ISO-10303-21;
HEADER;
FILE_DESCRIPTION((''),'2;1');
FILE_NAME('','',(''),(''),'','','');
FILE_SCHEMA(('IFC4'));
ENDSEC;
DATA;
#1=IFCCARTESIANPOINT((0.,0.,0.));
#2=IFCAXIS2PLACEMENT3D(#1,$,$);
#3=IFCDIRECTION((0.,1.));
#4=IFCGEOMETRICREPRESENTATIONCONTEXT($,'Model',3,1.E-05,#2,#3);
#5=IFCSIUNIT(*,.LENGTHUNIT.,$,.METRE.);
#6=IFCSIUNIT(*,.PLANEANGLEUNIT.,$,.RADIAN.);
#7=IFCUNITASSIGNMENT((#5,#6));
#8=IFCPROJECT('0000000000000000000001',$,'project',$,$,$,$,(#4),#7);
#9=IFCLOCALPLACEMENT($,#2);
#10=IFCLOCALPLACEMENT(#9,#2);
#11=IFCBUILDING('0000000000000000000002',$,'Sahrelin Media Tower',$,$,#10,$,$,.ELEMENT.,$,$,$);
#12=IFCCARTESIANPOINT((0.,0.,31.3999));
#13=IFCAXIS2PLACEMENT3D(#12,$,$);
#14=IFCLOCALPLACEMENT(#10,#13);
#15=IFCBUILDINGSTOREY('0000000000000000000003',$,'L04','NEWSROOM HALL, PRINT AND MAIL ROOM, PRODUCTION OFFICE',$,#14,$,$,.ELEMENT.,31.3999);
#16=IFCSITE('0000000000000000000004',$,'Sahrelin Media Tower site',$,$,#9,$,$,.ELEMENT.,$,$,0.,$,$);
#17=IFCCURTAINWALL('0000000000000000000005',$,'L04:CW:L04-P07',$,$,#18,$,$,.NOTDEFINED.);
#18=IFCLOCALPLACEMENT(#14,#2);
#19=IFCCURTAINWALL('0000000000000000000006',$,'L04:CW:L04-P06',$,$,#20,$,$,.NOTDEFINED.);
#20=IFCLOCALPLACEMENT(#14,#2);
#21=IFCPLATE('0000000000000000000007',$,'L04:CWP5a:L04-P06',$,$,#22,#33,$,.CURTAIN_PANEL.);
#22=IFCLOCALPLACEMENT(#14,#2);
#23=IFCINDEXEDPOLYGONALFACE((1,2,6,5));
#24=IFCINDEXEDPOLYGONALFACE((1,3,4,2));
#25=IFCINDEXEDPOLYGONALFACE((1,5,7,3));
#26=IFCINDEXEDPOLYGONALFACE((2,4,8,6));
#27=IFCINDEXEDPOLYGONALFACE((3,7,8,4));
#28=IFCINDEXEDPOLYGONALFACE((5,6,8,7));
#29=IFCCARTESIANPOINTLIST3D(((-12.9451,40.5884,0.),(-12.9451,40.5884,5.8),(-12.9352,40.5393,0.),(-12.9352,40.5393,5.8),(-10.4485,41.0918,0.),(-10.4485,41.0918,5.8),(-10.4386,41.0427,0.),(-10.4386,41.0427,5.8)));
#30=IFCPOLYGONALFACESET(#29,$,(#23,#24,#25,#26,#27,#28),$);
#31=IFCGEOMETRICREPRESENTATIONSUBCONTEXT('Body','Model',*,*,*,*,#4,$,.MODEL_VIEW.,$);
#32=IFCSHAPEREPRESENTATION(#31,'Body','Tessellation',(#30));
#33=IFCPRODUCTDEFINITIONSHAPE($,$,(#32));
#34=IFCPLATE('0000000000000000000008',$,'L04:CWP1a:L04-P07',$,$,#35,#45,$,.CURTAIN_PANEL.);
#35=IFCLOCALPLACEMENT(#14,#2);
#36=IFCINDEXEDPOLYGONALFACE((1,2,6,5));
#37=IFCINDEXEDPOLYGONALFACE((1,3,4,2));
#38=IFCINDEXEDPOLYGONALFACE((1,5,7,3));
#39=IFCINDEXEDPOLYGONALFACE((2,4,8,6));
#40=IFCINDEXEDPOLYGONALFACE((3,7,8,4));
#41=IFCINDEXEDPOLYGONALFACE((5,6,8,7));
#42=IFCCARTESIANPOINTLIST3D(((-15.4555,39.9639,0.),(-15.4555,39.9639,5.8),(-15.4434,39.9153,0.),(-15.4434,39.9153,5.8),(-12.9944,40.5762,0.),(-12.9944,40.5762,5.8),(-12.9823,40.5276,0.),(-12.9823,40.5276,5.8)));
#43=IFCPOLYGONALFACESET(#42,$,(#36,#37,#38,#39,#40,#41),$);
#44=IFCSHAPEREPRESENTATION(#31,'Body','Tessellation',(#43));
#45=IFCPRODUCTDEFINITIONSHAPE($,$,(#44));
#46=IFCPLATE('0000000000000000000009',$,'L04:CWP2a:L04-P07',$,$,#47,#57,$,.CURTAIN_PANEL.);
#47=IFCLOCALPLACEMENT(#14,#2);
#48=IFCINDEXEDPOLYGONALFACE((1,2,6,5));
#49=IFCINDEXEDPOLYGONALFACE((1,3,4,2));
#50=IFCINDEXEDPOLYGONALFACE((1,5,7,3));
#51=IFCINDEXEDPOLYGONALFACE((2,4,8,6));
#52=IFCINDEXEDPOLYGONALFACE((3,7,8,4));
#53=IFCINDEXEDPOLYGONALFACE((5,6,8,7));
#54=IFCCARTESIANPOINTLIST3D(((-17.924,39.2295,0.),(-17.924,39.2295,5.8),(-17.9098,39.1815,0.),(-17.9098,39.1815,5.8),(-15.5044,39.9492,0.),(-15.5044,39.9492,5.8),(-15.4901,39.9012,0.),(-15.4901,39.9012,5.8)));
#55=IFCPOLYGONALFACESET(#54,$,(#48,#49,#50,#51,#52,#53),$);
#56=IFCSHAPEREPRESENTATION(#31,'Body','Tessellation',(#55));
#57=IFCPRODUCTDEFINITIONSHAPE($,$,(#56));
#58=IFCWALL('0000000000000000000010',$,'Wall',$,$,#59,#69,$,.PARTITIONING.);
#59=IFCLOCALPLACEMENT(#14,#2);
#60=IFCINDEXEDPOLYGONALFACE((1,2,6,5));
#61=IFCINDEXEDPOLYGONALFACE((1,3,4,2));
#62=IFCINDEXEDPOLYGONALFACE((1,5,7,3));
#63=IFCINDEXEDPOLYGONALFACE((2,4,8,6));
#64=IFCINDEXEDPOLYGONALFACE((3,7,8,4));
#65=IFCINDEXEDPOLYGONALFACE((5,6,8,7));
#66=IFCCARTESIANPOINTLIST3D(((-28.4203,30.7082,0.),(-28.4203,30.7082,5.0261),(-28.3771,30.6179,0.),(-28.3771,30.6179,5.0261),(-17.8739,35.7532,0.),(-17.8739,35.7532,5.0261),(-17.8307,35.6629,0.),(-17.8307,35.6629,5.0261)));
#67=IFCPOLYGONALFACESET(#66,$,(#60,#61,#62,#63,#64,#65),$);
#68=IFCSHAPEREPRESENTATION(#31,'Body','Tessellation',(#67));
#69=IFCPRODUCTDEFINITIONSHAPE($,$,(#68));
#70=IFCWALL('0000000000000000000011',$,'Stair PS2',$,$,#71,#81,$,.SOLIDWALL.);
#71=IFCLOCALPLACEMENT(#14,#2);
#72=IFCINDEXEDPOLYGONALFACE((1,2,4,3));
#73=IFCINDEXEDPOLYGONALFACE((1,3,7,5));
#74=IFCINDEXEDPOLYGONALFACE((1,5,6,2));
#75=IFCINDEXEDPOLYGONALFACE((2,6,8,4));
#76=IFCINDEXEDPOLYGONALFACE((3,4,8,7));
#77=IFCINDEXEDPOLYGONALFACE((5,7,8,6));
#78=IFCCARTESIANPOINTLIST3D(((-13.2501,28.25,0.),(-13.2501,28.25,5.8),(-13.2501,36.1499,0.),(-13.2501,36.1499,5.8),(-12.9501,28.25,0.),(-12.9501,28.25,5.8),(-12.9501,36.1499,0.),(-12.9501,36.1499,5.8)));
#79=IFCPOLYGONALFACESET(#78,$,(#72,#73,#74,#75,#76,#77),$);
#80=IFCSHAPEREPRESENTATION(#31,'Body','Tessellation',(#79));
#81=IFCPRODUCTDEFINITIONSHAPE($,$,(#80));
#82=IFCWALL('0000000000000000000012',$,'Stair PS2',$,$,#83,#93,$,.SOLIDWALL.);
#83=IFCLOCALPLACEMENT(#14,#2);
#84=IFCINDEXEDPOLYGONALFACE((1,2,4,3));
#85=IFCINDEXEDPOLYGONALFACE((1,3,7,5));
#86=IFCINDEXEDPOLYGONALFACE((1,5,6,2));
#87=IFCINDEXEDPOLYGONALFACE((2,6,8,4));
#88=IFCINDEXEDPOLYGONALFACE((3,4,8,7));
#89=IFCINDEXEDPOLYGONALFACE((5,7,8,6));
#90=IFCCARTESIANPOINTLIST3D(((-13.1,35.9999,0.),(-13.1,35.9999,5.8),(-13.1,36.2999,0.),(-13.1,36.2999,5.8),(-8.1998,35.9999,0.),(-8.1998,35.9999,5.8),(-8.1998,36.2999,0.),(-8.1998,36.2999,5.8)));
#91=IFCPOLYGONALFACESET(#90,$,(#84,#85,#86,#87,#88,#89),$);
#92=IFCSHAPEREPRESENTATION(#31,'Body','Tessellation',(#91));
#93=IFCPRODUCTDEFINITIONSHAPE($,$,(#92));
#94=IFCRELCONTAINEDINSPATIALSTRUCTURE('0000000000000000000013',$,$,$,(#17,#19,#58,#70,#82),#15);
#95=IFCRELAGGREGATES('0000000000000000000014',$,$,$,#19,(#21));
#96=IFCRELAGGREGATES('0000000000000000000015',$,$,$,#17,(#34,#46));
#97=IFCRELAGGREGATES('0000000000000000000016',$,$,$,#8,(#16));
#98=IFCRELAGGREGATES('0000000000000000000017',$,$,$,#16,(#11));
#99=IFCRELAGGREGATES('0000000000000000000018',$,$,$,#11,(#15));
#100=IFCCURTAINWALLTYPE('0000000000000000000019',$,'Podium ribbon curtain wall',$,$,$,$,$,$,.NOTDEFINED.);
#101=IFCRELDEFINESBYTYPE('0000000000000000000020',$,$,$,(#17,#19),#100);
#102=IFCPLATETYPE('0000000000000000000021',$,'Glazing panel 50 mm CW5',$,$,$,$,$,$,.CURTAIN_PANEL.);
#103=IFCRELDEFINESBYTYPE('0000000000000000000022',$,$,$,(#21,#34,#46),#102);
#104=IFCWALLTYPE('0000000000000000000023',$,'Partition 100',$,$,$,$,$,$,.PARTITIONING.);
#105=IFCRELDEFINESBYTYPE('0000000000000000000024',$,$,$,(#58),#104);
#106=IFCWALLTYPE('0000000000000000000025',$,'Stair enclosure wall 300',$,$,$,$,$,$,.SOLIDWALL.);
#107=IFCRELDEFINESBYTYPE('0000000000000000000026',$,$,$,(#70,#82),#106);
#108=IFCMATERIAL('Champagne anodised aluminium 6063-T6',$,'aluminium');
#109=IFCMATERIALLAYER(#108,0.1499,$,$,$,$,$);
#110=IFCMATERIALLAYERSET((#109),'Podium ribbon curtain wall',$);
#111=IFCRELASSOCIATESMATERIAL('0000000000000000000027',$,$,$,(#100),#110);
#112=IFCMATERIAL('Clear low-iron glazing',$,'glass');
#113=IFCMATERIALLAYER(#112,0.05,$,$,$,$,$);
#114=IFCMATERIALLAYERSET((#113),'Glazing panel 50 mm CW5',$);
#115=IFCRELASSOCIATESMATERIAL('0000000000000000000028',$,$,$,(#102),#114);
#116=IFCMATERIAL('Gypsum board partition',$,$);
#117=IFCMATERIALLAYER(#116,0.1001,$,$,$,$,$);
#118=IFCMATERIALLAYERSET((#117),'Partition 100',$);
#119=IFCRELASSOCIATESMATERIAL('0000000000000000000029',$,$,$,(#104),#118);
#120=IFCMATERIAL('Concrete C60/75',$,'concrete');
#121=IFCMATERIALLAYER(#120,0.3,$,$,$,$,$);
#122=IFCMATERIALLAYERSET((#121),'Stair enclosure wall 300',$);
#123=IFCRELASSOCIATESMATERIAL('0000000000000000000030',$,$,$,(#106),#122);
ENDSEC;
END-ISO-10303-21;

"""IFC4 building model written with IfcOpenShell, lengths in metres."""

from ifc_helpers import new_model, si_unit, direction, frame, frame_2d, origin, place, context, subcontext, project, spatial, polyline, rectangle, outline, extrude, material, layer, layer_set, type_object, element, aggregate, save


model = new_model("IFC4")

# Units and contexts
model_context = context("Model", 3, precision=1e-05, world=origin(), true_north=direction((0.0, 1.0)))
body_context = subcontext(model_context, "Body", "Model", "MODEL_VIEW")
ifc_project = project(units=[si_unit("LENGTHUNIT", "METRE"), si_unit("PLANEANGLEUNIT", "RADIAN")], contexts=[model_context])

# Site, building, storey
site_placement = place(None, origin())
site = spatial("IfcSite", under=ifc_project, at=site_placement, Name="Sahrelin Media Tower site", CompositionType="ELEMENT", RefElevation=0.0)
building_placement = place(site_placement, origin())
building = spatial("IfcBuilding", under=site, at=building_placement, Name="Sahrelin Media Tower", CompositionType="ELEMENT")
storey_placement = place(building_placement, frame((0.0, 0.0, 31.3999)))
storey = spatial("IfcBuildingStorey", under=building, at=storey_placement, Name="L04", Description="NEWSROOM HALL, PRINT AND MAIL ROOM, PRODUCTION OFFICE", CompositionType="ELEMENT", Elevation=31.3999)

# Curtain wall
ifc_material_1 = material(Name="Champagne anodised aluminium 6063-T6", Category="aluminium")
ifc_layer_1 = layer(ifc_material_1, 0.1499)
ifc_layer_set_1 = layer_set([ifc_layer_1], Name="Podium ribbon curtain wall")
curtain_wall_type = type_object("IfcCurtainWallType", Name="Podium ribbon curtain wall", PredefinedType="NOTDEFINED", material=ifc_layer_set_1)
curtain_wall_1_placement = place(storey_placement, frame((-12.9409, 40.5688, 0.0), z_axis=(0.0, 0.0, 1.0), x_axis=(1.0, 0.0, 0.0)))
curtain_wall_1 = element("IfcCurtainWall", 1, at=curtain_wall_1_placement, inside=storey, type_object=curtain_wall_type, Name="L04:CW:L04-P07", PredefinedType="NOTDEFINED")

# Curtain wall, plate
curtain_wall_2_placement = place(storey_placement, frame((0.0, 42.0, 0.0), z_axis=(0.0, 0.0, 1.0), x_axis=(1.0, 0.0, 0.0)))
curtain_wall_2 = element("IfcCurtainWall", 2, at=curtain_wall_2_placement, inside=storey, type_object=curtain_wall_type, Name="L04:CW:L04-P06", PredefinedType="NOTDEFINED")
ifc_material_2 = material(Name="Clear low-iron glazing", Category="glass")
ifc_layer_2 = layer(ifc_material_2, 0.05)
ifc_layer_set_2 = layer_set([ifc_layer_2], Name="Glazing panel 50 mm CW5")
plate_type = type_object("IfcPlateType", Name="Glazing panel 50 mm CW5", PredefinedType="CURTAIN_PANEL", material=ifc_layer_set_2)
plate_1_placement = place(storey_placement, frame((-10.4485, 41.0918, 0.0), z_axis=(-0.197664, 0.98027, 0.0), x_axis=(-0.98027, -0.197664, 0.0)))
plate_1 = element("IfcPlate", 3, at=plate_1_placement, type_object=plate_type, Name="L04:CWP5a:L04-P06", PredefinedType="CURTAIN_PANEL", context=body_context, shape_type="SweptSolid", body=[
    extrude(outline(polyline([(0.0, 0.0), (2.5469, 0.0), (2.5469, 5.8), (0.0, 5.8), (0.0, 0.0)])), origin(), (0.0, 0.0, -1.0), 0.05),
])
aggregate(curtain_wall_2, [plate_1])

# Plates
plate_2_placement = place(storey_placement, frame((-12.9944, 40.5762, 0.0), z_axis=(-0.241426, 0.970419, 0.0), x_axis=(-0.970419, -0.241426, 0.0)))
plate_2 = element("IfcPlate", 4, at=plate_2_placement, type_object=plate_type, Name="L04:CWP1a:L04-P07", PredefinedType="CURTAIN_PANEL", context=body_context, shape_type="SweptSolid", body=[
    extrude(outline(polyline([(0.0, 0.0), (2.5361, 0.0), (2.5361, 5.8), (0.0, 5.8), (0.0, 0.0)])), origin(), (0.0, 0.0, -1.0), 0.05),
])
plate_3_placement = place(storey_placement, frame((-15.5044, 39.9492, 0.0), z_axis=(-0.285102, 0.958497, 0.0), x_axis=(-0.958497, -0.285102, 0.0)))
plate_3 = element("IfcPlate", 5, at=plate_3_placement, type_object=plate_type, Name="L04:CWP2a:L04-P07", PredefinedType="CURTAIN_PANEL", context=body_context, shape_type="SweptSolid", body=[
    extrude(outline(polyline([(0.0, 0.0), (2.5244, 0.0), (2.5244, 5.8), (0.0, 5.8), (0.0, 0.0)])), origin(), (0.0, 0.0, -1.0), 0.05),
])
aggregate(curtain_wall_1, [plate_2, plate_3])

# Walls
ifc_material_3 = material(Name="Gypsum board partition")
ifc_layer_3 = layer(ifc_material_3, 0.1001)
ifc_layer_set_3 = layer_set([ifc_layer_3], Name="Partition 100")
wall_type_1 = type_object("IfcWallType", Name="Partition 100", PredefinedType="PARTITIONING", material=ifc_layer_set_3)
wall_1_placement = place(storey_placement, frame((-17.8523, 35.708, 0.0), z_axis=(0.0, 0.0, 1.0), x_axis=(-0.902101, -0.431525, 0.0)))
element("IfcWall", 6, at=wall_1_placement, inside=storey, type_object=wall_type_1, Name="Wall", PredefinedType="PARTITIONING", context=body_context, shape_type="SweptSolid", body=[
    extrude(rectangle(XDim=11.6909, YDim=0.1001, at=frame_2d((5.8455, 0.0))), origin(), (0.0, 0.0, 1.0), 5.0261),
])
ifc_material_4 = material(Name="Concrete C60/75", Category="concrete")
ifc_layer_4 = layer(ifc_material_4, 0.3)
ifc_layer_set_4 = layer_set([ifc_layer_4], Name="Stair enclosure wall 300")
wall_type_2 = type_object("IfcWallType", Name="Stair enclosure wall 300", PredefinedType="SOLIDWALL", material=ifc_layer_set_4)
wall_2_placement = place(storey_placement, frame((-13.1001, 28.25, 0.0), z_axis=(0.0, 0.0, 1.0), x_axis=(0.0, 1.0, 0.0)))
element("IfcWall", 7, at=wall_2_placement, inside=storey, type_object=wall_type_2, Name="Stair PS2", PredefinedType="SOLIDWALL", context=body_context, shape_type="SweptSolid", body=[
    extrude(rectangle(XDim=7.8999, YDim=0.3, at=frame_2d((3.95, 0.0))), origin(), (0.0, 0.0, 1.0), 5.8),
])
wall_3_placement = place(storey_placement, frame((-13.1001, 36.1499, 0.0), z_axis=(0.0, 0.0, 1.0), x_axis=(1.0, 0.0, 0.0)))
element("IfcWall", 8, at=wall_3_placement, inside=storey, type_object=wall_type_2, Name="Stair PS2", PredefinedType="SOLIDWALL", context=body_context, shape_type="SweptSolid", body=[
    extrude(rectangle(XDim=4.9001, YDim=0.3, at=frame_2d((2.4502, 0.0))), origin(), (0.0, 0.0, 1.0), 5.8),
])

save(model, "model.ifc")
